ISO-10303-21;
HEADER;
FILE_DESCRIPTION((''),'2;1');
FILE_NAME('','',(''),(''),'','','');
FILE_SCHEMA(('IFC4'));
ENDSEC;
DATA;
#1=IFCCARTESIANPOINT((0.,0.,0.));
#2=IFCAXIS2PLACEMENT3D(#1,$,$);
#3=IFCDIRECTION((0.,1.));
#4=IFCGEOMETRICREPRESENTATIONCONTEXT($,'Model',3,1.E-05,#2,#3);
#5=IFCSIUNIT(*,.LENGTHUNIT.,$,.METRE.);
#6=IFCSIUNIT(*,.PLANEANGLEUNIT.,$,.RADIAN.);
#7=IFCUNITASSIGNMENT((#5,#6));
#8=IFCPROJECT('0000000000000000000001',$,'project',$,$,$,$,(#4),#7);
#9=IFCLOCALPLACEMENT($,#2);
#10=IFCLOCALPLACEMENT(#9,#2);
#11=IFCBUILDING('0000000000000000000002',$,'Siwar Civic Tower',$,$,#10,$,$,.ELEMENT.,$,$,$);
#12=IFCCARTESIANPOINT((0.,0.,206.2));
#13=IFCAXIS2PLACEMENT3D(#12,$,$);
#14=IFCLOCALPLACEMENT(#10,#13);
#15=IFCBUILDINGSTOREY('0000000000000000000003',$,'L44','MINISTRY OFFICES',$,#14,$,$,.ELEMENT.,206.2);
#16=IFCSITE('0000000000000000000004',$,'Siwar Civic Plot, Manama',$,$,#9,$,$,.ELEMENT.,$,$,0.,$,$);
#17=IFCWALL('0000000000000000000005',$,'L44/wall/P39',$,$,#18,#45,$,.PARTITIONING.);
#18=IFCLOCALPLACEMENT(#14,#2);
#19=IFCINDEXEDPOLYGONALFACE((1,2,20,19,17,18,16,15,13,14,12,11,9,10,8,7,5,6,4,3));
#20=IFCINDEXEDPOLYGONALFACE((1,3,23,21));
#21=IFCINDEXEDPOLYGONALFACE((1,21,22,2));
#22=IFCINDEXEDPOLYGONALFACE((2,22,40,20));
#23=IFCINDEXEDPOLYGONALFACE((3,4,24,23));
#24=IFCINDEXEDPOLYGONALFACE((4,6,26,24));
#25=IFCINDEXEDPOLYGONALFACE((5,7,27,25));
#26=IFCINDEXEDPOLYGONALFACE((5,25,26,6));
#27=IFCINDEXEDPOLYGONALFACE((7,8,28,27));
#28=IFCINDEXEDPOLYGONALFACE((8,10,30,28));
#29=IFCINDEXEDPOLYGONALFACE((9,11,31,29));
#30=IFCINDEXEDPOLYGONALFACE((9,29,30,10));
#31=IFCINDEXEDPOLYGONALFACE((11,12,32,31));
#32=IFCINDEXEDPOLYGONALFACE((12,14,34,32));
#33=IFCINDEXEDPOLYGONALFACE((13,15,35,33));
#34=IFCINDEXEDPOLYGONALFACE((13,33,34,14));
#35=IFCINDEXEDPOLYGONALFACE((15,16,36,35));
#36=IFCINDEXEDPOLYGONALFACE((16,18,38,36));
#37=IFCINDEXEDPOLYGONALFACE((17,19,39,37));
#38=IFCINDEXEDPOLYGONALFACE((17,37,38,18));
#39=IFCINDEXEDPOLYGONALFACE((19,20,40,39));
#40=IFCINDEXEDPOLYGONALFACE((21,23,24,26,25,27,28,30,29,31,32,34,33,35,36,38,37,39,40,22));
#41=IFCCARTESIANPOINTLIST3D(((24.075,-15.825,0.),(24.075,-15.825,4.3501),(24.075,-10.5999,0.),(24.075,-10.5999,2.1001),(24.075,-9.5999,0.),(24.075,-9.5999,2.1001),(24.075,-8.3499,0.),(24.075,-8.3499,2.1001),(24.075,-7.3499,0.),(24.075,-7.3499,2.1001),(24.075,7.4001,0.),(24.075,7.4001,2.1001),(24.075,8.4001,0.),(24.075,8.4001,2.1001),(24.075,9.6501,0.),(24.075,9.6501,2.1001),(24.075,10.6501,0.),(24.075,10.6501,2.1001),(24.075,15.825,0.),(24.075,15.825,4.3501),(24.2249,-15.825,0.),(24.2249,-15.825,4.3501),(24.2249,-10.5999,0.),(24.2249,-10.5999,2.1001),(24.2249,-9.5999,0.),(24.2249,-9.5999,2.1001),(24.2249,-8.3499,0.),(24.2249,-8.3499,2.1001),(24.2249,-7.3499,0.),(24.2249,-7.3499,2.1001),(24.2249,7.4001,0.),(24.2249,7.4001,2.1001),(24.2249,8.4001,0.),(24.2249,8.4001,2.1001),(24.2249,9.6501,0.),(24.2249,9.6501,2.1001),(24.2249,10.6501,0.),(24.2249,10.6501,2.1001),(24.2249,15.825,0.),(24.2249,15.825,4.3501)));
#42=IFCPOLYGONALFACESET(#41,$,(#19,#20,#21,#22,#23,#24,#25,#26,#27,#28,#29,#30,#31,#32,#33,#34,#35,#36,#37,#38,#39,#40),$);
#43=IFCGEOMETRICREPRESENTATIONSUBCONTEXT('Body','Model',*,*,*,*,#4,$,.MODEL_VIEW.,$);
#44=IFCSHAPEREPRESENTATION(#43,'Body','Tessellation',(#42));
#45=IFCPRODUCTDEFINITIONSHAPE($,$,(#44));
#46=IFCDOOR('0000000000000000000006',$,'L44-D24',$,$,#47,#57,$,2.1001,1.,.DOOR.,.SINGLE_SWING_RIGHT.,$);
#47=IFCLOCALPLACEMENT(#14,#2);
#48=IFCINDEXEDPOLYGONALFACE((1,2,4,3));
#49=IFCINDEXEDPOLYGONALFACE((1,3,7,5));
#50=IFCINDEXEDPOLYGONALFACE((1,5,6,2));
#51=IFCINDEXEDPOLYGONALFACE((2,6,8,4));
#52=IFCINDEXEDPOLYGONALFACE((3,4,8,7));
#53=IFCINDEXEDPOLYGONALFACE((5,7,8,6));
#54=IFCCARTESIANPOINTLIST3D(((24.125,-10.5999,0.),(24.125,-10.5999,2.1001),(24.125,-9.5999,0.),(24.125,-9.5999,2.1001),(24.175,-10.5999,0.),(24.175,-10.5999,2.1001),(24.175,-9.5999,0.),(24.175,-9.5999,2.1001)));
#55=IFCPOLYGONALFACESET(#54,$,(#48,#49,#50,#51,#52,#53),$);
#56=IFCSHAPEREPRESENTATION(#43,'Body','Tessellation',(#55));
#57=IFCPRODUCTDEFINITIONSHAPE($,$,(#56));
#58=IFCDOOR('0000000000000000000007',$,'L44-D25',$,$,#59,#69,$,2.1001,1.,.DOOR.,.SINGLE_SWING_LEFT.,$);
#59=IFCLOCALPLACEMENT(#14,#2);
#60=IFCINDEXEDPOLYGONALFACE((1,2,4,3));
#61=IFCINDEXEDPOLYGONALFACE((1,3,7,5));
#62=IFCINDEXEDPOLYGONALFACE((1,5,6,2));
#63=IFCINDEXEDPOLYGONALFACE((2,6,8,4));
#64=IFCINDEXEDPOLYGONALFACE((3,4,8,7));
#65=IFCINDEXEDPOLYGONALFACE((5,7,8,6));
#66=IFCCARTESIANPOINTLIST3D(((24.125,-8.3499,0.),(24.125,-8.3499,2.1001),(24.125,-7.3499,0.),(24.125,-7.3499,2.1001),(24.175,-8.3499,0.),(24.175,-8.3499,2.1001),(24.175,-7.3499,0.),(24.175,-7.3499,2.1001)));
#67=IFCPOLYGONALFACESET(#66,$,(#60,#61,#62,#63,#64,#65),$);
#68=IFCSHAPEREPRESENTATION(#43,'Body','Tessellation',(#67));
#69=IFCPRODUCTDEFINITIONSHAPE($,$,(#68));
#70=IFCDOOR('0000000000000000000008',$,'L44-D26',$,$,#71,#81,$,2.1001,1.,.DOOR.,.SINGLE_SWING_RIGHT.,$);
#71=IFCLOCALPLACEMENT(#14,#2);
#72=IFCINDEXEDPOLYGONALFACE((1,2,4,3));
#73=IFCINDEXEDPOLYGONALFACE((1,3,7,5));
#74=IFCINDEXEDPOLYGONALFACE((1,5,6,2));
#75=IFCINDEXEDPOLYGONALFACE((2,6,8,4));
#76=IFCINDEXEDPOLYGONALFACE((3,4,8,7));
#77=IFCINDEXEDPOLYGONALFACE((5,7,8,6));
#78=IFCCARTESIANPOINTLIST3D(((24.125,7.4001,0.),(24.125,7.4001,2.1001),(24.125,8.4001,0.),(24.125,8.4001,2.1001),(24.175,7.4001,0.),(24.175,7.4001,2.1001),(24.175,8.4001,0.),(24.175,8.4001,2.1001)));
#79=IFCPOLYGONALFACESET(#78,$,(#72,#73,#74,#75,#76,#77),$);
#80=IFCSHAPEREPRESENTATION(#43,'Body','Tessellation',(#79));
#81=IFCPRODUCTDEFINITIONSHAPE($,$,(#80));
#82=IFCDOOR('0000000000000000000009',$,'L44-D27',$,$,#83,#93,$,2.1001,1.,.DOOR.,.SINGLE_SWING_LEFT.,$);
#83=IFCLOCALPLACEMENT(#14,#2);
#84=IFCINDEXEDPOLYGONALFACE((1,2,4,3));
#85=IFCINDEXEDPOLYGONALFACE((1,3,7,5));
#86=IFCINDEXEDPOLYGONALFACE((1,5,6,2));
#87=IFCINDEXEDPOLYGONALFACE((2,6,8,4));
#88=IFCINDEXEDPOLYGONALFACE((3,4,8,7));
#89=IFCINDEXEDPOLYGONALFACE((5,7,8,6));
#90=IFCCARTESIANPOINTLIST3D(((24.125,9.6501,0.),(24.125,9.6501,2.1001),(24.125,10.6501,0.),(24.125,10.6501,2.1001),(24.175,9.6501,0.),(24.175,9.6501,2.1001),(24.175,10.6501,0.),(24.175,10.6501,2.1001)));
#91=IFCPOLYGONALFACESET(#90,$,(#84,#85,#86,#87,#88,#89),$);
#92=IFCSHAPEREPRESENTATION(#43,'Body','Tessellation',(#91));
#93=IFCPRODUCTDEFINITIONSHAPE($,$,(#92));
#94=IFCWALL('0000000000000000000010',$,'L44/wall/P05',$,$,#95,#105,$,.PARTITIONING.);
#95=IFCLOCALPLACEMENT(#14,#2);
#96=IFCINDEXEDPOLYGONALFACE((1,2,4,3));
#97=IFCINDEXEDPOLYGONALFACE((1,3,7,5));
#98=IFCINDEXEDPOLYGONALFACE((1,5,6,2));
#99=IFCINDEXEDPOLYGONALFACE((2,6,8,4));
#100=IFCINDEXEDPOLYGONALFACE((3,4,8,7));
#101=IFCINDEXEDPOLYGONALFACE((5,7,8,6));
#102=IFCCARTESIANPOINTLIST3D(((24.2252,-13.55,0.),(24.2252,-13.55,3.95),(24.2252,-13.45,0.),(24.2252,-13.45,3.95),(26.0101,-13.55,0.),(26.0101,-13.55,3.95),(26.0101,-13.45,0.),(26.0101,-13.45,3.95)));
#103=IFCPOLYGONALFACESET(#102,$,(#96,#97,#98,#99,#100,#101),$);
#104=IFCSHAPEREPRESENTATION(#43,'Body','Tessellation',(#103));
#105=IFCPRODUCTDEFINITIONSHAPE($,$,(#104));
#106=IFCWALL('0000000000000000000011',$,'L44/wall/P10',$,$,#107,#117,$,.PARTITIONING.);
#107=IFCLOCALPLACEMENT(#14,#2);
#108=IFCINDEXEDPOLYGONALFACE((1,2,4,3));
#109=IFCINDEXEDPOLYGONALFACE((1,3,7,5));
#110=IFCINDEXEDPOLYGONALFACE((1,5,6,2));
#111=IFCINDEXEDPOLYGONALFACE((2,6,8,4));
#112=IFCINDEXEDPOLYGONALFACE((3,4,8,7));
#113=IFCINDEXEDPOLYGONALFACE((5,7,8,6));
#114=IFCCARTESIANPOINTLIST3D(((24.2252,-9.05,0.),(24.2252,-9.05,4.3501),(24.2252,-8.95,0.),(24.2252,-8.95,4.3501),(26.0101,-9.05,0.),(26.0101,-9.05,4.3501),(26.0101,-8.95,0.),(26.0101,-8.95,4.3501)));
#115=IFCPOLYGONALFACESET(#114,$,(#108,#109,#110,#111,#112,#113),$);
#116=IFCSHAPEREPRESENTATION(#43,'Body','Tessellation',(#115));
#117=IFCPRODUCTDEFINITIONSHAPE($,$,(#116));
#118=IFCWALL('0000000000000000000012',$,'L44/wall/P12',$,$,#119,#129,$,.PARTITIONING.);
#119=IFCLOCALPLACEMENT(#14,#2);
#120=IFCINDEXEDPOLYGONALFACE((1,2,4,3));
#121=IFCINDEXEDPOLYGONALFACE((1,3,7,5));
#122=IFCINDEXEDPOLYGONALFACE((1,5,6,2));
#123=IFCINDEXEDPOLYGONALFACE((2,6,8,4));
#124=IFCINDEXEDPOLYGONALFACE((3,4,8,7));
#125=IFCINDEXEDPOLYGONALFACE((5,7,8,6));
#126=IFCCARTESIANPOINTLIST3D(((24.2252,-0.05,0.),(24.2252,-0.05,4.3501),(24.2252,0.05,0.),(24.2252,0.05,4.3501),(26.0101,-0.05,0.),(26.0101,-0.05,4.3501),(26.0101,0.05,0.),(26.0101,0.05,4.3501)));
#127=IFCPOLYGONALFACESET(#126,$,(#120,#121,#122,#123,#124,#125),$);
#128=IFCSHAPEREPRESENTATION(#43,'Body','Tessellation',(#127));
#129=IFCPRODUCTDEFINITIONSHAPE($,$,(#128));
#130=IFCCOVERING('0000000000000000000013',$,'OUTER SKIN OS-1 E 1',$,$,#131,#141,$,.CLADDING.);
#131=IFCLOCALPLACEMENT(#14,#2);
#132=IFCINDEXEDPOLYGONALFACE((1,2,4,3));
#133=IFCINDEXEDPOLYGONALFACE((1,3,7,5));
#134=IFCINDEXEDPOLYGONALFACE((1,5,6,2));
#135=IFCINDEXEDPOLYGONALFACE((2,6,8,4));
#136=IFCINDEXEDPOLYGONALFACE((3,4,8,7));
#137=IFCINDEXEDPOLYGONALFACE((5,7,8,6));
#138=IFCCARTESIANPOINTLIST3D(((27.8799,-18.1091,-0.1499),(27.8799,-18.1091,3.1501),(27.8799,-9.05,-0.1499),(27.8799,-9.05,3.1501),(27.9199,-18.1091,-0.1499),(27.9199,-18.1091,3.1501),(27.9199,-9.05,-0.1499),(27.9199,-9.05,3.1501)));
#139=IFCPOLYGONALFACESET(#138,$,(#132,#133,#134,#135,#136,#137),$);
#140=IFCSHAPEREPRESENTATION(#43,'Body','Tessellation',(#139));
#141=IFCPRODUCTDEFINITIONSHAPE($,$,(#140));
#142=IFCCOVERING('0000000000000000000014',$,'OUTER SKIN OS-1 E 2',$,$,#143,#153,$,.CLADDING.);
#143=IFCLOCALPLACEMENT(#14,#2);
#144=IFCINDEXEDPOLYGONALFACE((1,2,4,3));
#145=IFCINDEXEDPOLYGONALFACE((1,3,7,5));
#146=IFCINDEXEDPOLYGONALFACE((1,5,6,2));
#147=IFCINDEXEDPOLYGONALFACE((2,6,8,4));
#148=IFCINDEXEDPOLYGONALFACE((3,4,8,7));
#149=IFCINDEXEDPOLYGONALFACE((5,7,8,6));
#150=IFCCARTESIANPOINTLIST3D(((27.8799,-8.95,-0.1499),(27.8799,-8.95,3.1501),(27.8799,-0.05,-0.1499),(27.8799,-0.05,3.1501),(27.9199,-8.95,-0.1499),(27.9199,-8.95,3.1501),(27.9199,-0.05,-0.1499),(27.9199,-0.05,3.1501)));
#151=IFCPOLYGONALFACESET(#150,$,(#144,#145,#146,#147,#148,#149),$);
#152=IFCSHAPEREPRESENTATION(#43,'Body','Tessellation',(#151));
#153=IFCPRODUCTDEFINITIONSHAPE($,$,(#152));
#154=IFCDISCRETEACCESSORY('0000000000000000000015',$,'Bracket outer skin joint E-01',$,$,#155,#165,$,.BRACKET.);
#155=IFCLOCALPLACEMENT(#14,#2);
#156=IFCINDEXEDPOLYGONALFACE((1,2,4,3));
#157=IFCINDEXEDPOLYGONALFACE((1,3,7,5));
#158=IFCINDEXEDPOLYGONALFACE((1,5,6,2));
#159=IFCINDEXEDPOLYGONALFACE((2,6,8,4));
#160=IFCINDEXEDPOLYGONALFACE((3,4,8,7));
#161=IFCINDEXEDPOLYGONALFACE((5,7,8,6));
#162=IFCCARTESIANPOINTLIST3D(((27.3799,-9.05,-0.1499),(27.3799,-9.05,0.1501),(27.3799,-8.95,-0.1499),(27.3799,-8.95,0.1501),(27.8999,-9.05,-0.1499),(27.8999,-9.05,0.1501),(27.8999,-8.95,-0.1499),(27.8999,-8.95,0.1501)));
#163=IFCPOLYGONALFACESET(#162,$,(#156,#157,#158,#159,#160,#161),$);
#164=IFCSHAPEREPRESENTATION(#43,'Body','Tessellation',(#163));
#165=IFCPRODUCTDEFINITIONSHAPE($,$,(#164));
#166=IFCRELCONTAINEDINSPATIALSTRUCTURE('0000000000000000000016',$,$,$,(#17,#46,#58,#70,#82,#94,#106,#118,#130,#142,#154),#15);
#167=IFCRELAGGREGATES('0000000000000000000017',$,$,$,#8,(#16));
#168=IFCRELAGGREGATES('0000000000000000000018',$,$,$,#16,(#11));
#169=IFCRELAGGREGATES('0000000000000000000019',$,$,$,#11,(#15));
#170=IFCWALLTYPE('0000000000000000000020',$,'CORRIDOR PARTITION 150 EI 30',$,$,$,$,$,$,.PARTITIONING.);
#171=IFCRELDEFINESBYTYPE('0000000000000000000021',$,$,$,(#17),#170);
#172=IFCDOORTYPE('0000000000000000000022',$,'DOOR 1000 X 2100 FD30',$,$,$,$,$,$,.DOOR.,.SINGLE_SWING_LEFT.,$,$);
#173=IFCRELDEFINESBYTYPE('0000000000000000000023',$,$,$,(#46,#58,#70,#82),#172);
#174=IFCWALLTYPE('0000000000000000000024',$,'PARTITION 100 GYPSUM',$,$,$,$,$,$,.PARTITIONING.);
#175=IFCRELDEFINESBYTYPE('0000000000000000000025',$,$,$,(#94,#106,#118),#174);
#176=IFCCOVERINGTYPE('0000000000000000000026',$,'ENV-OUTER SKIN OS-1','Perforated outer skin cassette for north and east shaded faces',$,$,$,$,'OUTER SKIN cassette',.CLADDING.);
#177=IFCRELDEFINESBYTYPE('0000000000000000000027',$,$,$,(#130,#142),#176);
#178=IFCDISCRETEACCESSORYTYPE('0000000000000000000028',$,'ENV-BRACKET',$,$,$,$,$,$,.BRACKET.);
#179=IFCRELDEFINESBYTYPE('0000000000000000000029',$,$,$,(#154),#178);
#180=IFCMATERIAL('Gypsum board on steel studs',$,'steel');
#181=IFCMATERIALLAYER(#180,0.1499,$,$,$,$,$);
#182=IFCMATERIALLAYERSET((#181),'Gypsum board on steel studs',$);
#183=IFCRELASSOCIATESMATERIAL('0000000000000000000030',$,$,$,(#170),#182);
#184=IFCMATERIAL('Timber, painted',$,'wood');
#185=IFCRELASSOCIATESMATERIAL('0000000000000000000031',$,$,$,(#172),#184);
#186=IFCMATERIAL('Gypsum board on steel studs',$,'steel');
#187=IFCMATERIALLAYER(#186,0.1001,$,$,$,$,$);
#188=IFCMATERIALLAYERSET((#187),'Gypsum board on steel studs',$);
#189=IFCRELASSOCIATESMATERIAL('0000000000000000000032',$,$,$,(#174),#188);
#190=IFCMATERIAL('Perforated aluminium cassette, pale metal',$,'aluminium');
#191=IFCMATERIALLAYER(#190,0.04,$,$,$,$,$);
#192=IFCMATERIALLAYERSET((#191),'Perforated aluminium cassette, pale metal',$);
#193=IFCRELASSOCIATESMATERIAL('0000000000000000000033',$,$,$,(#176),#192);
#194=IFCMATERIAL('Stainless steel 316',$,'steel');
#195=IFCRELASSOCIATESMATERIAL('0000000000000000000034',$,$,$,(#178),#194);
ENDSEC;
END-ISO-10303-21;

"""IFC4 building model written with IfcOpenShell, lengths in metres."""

from ifc_helpers import new_model, si_unit, direction, frame, frame_2d, origin, origin_2d, place, context, subcontext, project, spatial, rectangle, extrude, material, layer, layer_set, type_object, element, fill, save


model = new_model("IFC4")

# Units and contexts
model_context = context("Model", 3, precision=1e-05, world=origin(), true_north=direction((0.0, 1.0)))
body_context = subcontext(model_context, "Body", "Model", "MODEL_VIEW")
ifc_project = project(units=[si_unit("LENGTHUNIT", "METRE"), si_unit("PLANEANGLEUNIT", "RADIAN")], contexts=[model_context])

# Site, building, storey
site_placement = place(None, origin())
site = spatial("IfcSite", under=ifc_project, at=site_placement, Name="Siwar Civic Plot, Manama", CompositionType="ELEMENT", RefElevation=0.0)
building_placement = place(site_placement, origin())
building = spatial("IfcBuilding", under=site, at=building_placement, Name="Siwar Civic Tower", CompositionType="ELEMENT")
storey_placement = place(building_placement, frame((0.0, 0.0, 206.2)))
storey = spatial("IfcBuildingStorey", under=building, at=storey_placement, Name="L44", Description="MINISTRY OFFICES", CompositionType="ELEMENT", Elevation=206.2)

# Wall, openings, doors
ifc_material_1 = material(Name="Gypsum board on steel studs", Category="steel")
ifc_layer_1 = layer(ifc_material_1, 0.1499)
ifc_layer_set_1 = layer_set([ifc_layer_1], Name="Gypsum board on steel studs")
wall_type_1 = type_object("IfcWallType", Name="CORRIDOR PARTITION 150 EI 30", PredefinedType="PARTITIONING", material=ifc_layer_set_1)
wall_1_placement = place(storey_placement, frame((24.1499, -15.825, 0.0), z_axis=(0.0, 0.0, 1.0), x_axis=(0.0, 1.0, 0.0)))
wall_1 = element("IfcWall", 1, at=wall_1_placement, inside=storey, type_object=wall_type_1, Name="L44/wall/P39", PredefinedType="PARTITIONING", context=body_context, shape_type="SweptSolid", body=[
    extrude(rectangle(XDim=31.6499, YDim=0.1499, at=frame_2d((15.825, 0.0))), origin(), (0.0, 0.0, 1.0), 4.3501),
])
opening_1_placement = place(wall_1_placement, frame((5.2251, 0.0, 0.0)))
opening_1 = element("IfcOpeningElement", 2, at=opening_1_placement, cuts=wall_1, PredefinedType="OPENING", context=body_context, shape_type="SweptSolid", body=[
    extrude(rectangle(XDim=1.0, YDim=2.1001, at=frame_2d((0.5, 1.05))), frame((0.0, 0.085, 0.0), z_axis=(0.0, -1.0, 0.0), x_axis=(1.0, 0.0, 0.0)), (0.0, 0.0, 1.0), 0.1699),
])
opening_2_placement = place(wall_1_placement, frame((7.4751, 0.0, 0.0)))
opening_2 = element("IfcOpeningElement", 3, at=opening_2_placement, cuts=wall_1, PredefinedType="OPENING", context=body_context, shape_type="SweptSolid", body=[
    extrude(rectangle(XDim=1.0, YDim=2.1001, at=frame_2d((0.5, 1.05))), frame((0.0, 0.085, 0.0), z_axis=(0.0, -1.0, 0.0), x_axis=(1.0, 0.0, 0.0)), (0.0, 0.0, 1.0), 0.1699),
])
opening_3_placement = place(wall_1_placement, frame((23.2251, 0.0, 0.0)))
opening_3 = element("IfcOpeningElement", 4, at=opening_3_placement, cuts=wall_1, PredefinedType="OPENING", context=body_context, shape_type="SweptSolid", body=[
    extrude(rectangle(XDim=1.0, YDim=2.1001, at=frame_2d((0.5, 1.05))), frame((0.0, 0.085, 0.0), z_axis=(0.0, -1.0, 0.0), x_axis=(1.0, 0.0, 0.0)), (0.0, 0.0, 1.0), 0.1699),
])
opening_4_placement = place(wall_1_placement, frame((25.4751, 0.0, 0.0)))
opening_4 = element("IfcOpeningElement", 5, at=opening_4_placement, cuts=wall_1, PredefinedType="OPENING", context=body_context, shape_type="SweptSolid", body=[
    extrude(rectangle(XDim=1.0, YDim=2.1001, at=frame_2d((0.5, 1.05))), frame((0.0, 0.085, 0.0), z_axis=(0.0, -1.0, 0.0), x_axis=(1.0, 0.0, 0.0)), (0.0, 0.0, 1.0), 0.1699),
])
ifc_material_2 = material(Name="Timber, painted", Category="wood")
door_type_1 = type_object("IfcDoorType", Name="DOOR 1000 X 2100 FD30", OperationType="SINGLE_SWING_LEFT", PredefinedType="DOOR", material=ifc_material_2)
door_1_placement = place(opening_1_placement, origin())
door_1 = element("IfcDoor", 6, at=door_1_placement, inside=storey, type_object=door_type_1, Name="L44-D24", OperationType="SINGLE_SWING_RIGHT", OverallHeight=2.1001, OverallWidth=1.0, PredefinedType="DOOR", context=body_context, shape_type="SweptSolid", body=[
    extrude(rectangle(XDim=1.0, YDim=2.1001, at=frame_2d((0.5, 1.05))), frame((0.0, 0.0249, 0.0), z_axis=(0.0, -1.0, 0.0), x_axis=(1.0, 0.0, 0.0)), (0.0, 0.0, 1.0), 0.05),
])
fill(opening_1, door_1)
door_2_placement = place(opening_2_placement, origin())
door_2 = element("IfcDoor", 7, at=door_2_placement, inside=storey, type_object=door_type_1, Name="L44-D25", OperationType="SINGLE_SWING_LEFT", OverallHeight=2.1001, OverallWidth=1.0, PredefinedType="DOOR", context=body_context, shape_type="SweptSolid", body=[
    extrude(rectangle(XDim=1.0, YDim=2.1001, at=frame_2d((0.5, 1.05))), frame((0.0, 0.0249, 0.0), z_axis=(0.0, -1.0, 0.0), x_axis=(1.0, 0.0, 0.0)), (0.0, 0.0, 1.0), 0.05),
])
fill(opening_2, door_2)
door_3_placement = place(opening_3_placement, origin())
door_3 = element("IfcDoor", 8, at=door_3_placement, inside=storey, type_object=door_type_1, Name="L44-D26", OperationType="SINGLE_SWING_RIGHT", OverallHeight=2.1001, OverallWidth=1.0, PredefinedType="DOOR", context=body_context, shape_type="SweptSolid", body=[
    extrude(rectangle(XDim=1.0, YDim=2.1001, at=frame_2d((0.5, 1.05))), frame((0.0, 0.0249, 0.0), z_axis=(0.0, -1.0, 0.0), x_axis=(1.0, 0.0, 0.0)), (0.0, 0.0, 1.0), 0.05),
])
fill(opening_3, door_3)
door_4_placement = place(opening_4_placement, origin())
door_4 = element("IfcDoor", 9, at=door_4_placement, inside=storey, type_object=door_type_1, Name="L44-D27", OperationType="SINGLE_SWING_LEFT", OverallHeight=2.1001, OverallWidth=1.0, PredefinedType="DOOR", context=body_context, shape_type="SweptSolid", body=[
    extrude(rectangle(XDim=1.0, YDim=2.1001, at=frame_2d((0.5, 1.05))), frame((0.0, 0.0249, 0.0), z_axis=(0.0, -1.0, 0.0), x_axis=(1.0, 0.0, 0.0)), (0.0, 0.0, 1.0), 0.05),
])
fill(opening_4, door_4)

# Walls
ifc_material_3 = material(Name="Gypsum board on steel studs", Category="steel")
ifc_layer_2 = layer(ifc_material_3, 0.1001)
ifc_layer_set_2 = layer_set([ifc_layer_2], Name="Gypsum board on steel studs")
wall_type_2 = type_object("IfcWallType", Name="PARTITION 100 GYPSUM", PredefinedType="PARTITIONING", material=ifc_layer_set_2)
wall_2_placement = place(storey_placement, frame((24.2251, -13.5, 0.0), z_axis=(0.0, 0.0, 1.0), x_axis=(1.0, 0.0, 0.0)))
element("IfcWall", 10, at=wall_2_placement, inside=storey, type_object=wall_type_2, Name="L44/wall/P05", PredefinedType="PARTITIONING", context=body_context, shape_type="SweptSolid", body=[
    extrude(rectangle(XDim=1.7849, YDim=0.1001, at=frame_2d((0.8926, 0.0))), origin(), (0.0, 0.0, 1.0), 3.95),
])
for number, where, z_axis, x_axis, name in (
    (11, (24.2251, -9.0, 0.0), (0.0, 0.0, 1.0), (1.0, 0.0, 0.0), "L44/wall/P10"),
    (12, (24.2251, 0.0, 0.0), (0.0, 0.0, 1.0), (1.0, 0.0, 0.0), "L44/wall/P12"),
):
    element("IfcWall", number, at=place(storey_placement, frame(where, z_axis=z_axis, x_axis=x_axis)), inside=storey, type_object=wall_type_2, Name=name, PredefinedType="PARTITIONING", context=body_context, shape_type="SweptSolid", body=[
        extrude(rectangle(XDim=1.7849, YDim=0.1001, at=frame_2d((0.8926, 0.0))), origin(), (0.0, 0.0, 1.0), 4.3501),
    ])

# Coverings
ifc_material_4 = material(Name="Perforated aluminium cassette, pale metal", Category="aluminium")
ifc_layer_3 = layer(ifc_material_4, 0.04)
ifc_layer_set_3 = layer_set([ifc_layer_3], Name="Perforated aluminium cassette, pale metal")
covering_type = type_object("IfcCoveringType", Name="ENV-OUTER SKIN OS-1", Description="Perforated outer skin cassette for north and east shaded faces", ElementType="OUTER SKIN cassette", PredefinedType="CLADDING", material=ifc_layer_set_3)
covering_1_placement = place(storey_placement, frame((27.8999, -13.5796, -0.1499), z_axis=(0.0, 0.0, 1.0), x_axis=(0.0, 1.0, 0.0)))
element("IfcCovering", 13, at=covering_1_placement, inside=storey, type_object=covering_type, Name="OUTER SKIN OS-1 E 1", PredefinedType="CLADDING", context=body_context, shape_type="SweptSolid", body=[
    extrude(rectangle(XDim=9.0591, YDim=0.04, at=origin_2d()), origin(), (0.0, 0.0, 1.0), 3.3),
])
covering_2_placement = place(storey_placement, frame((27.8999, -4.5, -0.1499), z_axis=(0.0, 0.0, 1.0), x_axis=(0.0, 1.0, 0.0)))
element("IfcCovering", 14, at=covering_2_placement, inside=storey, type_object=covering_type, Name="OUTER SKIN OS-1 E 2", PredefinedType="CLADDING", context=body_context, shape_type="SweptSolid", body=[
    extrude(rectangle(XDim=8.8999, YDim=0.04, at=origin_2d()), origin(), (0.0, 0.0, 1.0), 3.3),
])

# Discrete accessory
ifc_material_5 = material(Name="Stainless steel 316", Category="steel")
discrete_accessory_type = type_object("IfcDiscreteAccessoryType", Name="ENV-BRACKET", PredefinedType="BRACKET", material=ifc_material_5)
discrete_accessory_placement = place(storey_placement, frame((27.6399, -9.0, -0.1499), z_axis=(0.0, 0.0, 1.0), x_axis=(1.0, 0.0, 0.0)))
element("IfcDiscreteAccessory", 15, at=discrete_accessory_placement, inside=storey, type_object=discrete_accessory_type, Name="Bracket outer skin joint E-01", PredefinedType="BRACKET", context=body_context, shape_type="SweptSolid", body=[
    extrude(rectangle(XDim=0.52, YDim=0.1001, at=origin_2d()), origin(), (0.0, 0.0, 1.0), 0.3),
])

save(model, "model.ifc")
